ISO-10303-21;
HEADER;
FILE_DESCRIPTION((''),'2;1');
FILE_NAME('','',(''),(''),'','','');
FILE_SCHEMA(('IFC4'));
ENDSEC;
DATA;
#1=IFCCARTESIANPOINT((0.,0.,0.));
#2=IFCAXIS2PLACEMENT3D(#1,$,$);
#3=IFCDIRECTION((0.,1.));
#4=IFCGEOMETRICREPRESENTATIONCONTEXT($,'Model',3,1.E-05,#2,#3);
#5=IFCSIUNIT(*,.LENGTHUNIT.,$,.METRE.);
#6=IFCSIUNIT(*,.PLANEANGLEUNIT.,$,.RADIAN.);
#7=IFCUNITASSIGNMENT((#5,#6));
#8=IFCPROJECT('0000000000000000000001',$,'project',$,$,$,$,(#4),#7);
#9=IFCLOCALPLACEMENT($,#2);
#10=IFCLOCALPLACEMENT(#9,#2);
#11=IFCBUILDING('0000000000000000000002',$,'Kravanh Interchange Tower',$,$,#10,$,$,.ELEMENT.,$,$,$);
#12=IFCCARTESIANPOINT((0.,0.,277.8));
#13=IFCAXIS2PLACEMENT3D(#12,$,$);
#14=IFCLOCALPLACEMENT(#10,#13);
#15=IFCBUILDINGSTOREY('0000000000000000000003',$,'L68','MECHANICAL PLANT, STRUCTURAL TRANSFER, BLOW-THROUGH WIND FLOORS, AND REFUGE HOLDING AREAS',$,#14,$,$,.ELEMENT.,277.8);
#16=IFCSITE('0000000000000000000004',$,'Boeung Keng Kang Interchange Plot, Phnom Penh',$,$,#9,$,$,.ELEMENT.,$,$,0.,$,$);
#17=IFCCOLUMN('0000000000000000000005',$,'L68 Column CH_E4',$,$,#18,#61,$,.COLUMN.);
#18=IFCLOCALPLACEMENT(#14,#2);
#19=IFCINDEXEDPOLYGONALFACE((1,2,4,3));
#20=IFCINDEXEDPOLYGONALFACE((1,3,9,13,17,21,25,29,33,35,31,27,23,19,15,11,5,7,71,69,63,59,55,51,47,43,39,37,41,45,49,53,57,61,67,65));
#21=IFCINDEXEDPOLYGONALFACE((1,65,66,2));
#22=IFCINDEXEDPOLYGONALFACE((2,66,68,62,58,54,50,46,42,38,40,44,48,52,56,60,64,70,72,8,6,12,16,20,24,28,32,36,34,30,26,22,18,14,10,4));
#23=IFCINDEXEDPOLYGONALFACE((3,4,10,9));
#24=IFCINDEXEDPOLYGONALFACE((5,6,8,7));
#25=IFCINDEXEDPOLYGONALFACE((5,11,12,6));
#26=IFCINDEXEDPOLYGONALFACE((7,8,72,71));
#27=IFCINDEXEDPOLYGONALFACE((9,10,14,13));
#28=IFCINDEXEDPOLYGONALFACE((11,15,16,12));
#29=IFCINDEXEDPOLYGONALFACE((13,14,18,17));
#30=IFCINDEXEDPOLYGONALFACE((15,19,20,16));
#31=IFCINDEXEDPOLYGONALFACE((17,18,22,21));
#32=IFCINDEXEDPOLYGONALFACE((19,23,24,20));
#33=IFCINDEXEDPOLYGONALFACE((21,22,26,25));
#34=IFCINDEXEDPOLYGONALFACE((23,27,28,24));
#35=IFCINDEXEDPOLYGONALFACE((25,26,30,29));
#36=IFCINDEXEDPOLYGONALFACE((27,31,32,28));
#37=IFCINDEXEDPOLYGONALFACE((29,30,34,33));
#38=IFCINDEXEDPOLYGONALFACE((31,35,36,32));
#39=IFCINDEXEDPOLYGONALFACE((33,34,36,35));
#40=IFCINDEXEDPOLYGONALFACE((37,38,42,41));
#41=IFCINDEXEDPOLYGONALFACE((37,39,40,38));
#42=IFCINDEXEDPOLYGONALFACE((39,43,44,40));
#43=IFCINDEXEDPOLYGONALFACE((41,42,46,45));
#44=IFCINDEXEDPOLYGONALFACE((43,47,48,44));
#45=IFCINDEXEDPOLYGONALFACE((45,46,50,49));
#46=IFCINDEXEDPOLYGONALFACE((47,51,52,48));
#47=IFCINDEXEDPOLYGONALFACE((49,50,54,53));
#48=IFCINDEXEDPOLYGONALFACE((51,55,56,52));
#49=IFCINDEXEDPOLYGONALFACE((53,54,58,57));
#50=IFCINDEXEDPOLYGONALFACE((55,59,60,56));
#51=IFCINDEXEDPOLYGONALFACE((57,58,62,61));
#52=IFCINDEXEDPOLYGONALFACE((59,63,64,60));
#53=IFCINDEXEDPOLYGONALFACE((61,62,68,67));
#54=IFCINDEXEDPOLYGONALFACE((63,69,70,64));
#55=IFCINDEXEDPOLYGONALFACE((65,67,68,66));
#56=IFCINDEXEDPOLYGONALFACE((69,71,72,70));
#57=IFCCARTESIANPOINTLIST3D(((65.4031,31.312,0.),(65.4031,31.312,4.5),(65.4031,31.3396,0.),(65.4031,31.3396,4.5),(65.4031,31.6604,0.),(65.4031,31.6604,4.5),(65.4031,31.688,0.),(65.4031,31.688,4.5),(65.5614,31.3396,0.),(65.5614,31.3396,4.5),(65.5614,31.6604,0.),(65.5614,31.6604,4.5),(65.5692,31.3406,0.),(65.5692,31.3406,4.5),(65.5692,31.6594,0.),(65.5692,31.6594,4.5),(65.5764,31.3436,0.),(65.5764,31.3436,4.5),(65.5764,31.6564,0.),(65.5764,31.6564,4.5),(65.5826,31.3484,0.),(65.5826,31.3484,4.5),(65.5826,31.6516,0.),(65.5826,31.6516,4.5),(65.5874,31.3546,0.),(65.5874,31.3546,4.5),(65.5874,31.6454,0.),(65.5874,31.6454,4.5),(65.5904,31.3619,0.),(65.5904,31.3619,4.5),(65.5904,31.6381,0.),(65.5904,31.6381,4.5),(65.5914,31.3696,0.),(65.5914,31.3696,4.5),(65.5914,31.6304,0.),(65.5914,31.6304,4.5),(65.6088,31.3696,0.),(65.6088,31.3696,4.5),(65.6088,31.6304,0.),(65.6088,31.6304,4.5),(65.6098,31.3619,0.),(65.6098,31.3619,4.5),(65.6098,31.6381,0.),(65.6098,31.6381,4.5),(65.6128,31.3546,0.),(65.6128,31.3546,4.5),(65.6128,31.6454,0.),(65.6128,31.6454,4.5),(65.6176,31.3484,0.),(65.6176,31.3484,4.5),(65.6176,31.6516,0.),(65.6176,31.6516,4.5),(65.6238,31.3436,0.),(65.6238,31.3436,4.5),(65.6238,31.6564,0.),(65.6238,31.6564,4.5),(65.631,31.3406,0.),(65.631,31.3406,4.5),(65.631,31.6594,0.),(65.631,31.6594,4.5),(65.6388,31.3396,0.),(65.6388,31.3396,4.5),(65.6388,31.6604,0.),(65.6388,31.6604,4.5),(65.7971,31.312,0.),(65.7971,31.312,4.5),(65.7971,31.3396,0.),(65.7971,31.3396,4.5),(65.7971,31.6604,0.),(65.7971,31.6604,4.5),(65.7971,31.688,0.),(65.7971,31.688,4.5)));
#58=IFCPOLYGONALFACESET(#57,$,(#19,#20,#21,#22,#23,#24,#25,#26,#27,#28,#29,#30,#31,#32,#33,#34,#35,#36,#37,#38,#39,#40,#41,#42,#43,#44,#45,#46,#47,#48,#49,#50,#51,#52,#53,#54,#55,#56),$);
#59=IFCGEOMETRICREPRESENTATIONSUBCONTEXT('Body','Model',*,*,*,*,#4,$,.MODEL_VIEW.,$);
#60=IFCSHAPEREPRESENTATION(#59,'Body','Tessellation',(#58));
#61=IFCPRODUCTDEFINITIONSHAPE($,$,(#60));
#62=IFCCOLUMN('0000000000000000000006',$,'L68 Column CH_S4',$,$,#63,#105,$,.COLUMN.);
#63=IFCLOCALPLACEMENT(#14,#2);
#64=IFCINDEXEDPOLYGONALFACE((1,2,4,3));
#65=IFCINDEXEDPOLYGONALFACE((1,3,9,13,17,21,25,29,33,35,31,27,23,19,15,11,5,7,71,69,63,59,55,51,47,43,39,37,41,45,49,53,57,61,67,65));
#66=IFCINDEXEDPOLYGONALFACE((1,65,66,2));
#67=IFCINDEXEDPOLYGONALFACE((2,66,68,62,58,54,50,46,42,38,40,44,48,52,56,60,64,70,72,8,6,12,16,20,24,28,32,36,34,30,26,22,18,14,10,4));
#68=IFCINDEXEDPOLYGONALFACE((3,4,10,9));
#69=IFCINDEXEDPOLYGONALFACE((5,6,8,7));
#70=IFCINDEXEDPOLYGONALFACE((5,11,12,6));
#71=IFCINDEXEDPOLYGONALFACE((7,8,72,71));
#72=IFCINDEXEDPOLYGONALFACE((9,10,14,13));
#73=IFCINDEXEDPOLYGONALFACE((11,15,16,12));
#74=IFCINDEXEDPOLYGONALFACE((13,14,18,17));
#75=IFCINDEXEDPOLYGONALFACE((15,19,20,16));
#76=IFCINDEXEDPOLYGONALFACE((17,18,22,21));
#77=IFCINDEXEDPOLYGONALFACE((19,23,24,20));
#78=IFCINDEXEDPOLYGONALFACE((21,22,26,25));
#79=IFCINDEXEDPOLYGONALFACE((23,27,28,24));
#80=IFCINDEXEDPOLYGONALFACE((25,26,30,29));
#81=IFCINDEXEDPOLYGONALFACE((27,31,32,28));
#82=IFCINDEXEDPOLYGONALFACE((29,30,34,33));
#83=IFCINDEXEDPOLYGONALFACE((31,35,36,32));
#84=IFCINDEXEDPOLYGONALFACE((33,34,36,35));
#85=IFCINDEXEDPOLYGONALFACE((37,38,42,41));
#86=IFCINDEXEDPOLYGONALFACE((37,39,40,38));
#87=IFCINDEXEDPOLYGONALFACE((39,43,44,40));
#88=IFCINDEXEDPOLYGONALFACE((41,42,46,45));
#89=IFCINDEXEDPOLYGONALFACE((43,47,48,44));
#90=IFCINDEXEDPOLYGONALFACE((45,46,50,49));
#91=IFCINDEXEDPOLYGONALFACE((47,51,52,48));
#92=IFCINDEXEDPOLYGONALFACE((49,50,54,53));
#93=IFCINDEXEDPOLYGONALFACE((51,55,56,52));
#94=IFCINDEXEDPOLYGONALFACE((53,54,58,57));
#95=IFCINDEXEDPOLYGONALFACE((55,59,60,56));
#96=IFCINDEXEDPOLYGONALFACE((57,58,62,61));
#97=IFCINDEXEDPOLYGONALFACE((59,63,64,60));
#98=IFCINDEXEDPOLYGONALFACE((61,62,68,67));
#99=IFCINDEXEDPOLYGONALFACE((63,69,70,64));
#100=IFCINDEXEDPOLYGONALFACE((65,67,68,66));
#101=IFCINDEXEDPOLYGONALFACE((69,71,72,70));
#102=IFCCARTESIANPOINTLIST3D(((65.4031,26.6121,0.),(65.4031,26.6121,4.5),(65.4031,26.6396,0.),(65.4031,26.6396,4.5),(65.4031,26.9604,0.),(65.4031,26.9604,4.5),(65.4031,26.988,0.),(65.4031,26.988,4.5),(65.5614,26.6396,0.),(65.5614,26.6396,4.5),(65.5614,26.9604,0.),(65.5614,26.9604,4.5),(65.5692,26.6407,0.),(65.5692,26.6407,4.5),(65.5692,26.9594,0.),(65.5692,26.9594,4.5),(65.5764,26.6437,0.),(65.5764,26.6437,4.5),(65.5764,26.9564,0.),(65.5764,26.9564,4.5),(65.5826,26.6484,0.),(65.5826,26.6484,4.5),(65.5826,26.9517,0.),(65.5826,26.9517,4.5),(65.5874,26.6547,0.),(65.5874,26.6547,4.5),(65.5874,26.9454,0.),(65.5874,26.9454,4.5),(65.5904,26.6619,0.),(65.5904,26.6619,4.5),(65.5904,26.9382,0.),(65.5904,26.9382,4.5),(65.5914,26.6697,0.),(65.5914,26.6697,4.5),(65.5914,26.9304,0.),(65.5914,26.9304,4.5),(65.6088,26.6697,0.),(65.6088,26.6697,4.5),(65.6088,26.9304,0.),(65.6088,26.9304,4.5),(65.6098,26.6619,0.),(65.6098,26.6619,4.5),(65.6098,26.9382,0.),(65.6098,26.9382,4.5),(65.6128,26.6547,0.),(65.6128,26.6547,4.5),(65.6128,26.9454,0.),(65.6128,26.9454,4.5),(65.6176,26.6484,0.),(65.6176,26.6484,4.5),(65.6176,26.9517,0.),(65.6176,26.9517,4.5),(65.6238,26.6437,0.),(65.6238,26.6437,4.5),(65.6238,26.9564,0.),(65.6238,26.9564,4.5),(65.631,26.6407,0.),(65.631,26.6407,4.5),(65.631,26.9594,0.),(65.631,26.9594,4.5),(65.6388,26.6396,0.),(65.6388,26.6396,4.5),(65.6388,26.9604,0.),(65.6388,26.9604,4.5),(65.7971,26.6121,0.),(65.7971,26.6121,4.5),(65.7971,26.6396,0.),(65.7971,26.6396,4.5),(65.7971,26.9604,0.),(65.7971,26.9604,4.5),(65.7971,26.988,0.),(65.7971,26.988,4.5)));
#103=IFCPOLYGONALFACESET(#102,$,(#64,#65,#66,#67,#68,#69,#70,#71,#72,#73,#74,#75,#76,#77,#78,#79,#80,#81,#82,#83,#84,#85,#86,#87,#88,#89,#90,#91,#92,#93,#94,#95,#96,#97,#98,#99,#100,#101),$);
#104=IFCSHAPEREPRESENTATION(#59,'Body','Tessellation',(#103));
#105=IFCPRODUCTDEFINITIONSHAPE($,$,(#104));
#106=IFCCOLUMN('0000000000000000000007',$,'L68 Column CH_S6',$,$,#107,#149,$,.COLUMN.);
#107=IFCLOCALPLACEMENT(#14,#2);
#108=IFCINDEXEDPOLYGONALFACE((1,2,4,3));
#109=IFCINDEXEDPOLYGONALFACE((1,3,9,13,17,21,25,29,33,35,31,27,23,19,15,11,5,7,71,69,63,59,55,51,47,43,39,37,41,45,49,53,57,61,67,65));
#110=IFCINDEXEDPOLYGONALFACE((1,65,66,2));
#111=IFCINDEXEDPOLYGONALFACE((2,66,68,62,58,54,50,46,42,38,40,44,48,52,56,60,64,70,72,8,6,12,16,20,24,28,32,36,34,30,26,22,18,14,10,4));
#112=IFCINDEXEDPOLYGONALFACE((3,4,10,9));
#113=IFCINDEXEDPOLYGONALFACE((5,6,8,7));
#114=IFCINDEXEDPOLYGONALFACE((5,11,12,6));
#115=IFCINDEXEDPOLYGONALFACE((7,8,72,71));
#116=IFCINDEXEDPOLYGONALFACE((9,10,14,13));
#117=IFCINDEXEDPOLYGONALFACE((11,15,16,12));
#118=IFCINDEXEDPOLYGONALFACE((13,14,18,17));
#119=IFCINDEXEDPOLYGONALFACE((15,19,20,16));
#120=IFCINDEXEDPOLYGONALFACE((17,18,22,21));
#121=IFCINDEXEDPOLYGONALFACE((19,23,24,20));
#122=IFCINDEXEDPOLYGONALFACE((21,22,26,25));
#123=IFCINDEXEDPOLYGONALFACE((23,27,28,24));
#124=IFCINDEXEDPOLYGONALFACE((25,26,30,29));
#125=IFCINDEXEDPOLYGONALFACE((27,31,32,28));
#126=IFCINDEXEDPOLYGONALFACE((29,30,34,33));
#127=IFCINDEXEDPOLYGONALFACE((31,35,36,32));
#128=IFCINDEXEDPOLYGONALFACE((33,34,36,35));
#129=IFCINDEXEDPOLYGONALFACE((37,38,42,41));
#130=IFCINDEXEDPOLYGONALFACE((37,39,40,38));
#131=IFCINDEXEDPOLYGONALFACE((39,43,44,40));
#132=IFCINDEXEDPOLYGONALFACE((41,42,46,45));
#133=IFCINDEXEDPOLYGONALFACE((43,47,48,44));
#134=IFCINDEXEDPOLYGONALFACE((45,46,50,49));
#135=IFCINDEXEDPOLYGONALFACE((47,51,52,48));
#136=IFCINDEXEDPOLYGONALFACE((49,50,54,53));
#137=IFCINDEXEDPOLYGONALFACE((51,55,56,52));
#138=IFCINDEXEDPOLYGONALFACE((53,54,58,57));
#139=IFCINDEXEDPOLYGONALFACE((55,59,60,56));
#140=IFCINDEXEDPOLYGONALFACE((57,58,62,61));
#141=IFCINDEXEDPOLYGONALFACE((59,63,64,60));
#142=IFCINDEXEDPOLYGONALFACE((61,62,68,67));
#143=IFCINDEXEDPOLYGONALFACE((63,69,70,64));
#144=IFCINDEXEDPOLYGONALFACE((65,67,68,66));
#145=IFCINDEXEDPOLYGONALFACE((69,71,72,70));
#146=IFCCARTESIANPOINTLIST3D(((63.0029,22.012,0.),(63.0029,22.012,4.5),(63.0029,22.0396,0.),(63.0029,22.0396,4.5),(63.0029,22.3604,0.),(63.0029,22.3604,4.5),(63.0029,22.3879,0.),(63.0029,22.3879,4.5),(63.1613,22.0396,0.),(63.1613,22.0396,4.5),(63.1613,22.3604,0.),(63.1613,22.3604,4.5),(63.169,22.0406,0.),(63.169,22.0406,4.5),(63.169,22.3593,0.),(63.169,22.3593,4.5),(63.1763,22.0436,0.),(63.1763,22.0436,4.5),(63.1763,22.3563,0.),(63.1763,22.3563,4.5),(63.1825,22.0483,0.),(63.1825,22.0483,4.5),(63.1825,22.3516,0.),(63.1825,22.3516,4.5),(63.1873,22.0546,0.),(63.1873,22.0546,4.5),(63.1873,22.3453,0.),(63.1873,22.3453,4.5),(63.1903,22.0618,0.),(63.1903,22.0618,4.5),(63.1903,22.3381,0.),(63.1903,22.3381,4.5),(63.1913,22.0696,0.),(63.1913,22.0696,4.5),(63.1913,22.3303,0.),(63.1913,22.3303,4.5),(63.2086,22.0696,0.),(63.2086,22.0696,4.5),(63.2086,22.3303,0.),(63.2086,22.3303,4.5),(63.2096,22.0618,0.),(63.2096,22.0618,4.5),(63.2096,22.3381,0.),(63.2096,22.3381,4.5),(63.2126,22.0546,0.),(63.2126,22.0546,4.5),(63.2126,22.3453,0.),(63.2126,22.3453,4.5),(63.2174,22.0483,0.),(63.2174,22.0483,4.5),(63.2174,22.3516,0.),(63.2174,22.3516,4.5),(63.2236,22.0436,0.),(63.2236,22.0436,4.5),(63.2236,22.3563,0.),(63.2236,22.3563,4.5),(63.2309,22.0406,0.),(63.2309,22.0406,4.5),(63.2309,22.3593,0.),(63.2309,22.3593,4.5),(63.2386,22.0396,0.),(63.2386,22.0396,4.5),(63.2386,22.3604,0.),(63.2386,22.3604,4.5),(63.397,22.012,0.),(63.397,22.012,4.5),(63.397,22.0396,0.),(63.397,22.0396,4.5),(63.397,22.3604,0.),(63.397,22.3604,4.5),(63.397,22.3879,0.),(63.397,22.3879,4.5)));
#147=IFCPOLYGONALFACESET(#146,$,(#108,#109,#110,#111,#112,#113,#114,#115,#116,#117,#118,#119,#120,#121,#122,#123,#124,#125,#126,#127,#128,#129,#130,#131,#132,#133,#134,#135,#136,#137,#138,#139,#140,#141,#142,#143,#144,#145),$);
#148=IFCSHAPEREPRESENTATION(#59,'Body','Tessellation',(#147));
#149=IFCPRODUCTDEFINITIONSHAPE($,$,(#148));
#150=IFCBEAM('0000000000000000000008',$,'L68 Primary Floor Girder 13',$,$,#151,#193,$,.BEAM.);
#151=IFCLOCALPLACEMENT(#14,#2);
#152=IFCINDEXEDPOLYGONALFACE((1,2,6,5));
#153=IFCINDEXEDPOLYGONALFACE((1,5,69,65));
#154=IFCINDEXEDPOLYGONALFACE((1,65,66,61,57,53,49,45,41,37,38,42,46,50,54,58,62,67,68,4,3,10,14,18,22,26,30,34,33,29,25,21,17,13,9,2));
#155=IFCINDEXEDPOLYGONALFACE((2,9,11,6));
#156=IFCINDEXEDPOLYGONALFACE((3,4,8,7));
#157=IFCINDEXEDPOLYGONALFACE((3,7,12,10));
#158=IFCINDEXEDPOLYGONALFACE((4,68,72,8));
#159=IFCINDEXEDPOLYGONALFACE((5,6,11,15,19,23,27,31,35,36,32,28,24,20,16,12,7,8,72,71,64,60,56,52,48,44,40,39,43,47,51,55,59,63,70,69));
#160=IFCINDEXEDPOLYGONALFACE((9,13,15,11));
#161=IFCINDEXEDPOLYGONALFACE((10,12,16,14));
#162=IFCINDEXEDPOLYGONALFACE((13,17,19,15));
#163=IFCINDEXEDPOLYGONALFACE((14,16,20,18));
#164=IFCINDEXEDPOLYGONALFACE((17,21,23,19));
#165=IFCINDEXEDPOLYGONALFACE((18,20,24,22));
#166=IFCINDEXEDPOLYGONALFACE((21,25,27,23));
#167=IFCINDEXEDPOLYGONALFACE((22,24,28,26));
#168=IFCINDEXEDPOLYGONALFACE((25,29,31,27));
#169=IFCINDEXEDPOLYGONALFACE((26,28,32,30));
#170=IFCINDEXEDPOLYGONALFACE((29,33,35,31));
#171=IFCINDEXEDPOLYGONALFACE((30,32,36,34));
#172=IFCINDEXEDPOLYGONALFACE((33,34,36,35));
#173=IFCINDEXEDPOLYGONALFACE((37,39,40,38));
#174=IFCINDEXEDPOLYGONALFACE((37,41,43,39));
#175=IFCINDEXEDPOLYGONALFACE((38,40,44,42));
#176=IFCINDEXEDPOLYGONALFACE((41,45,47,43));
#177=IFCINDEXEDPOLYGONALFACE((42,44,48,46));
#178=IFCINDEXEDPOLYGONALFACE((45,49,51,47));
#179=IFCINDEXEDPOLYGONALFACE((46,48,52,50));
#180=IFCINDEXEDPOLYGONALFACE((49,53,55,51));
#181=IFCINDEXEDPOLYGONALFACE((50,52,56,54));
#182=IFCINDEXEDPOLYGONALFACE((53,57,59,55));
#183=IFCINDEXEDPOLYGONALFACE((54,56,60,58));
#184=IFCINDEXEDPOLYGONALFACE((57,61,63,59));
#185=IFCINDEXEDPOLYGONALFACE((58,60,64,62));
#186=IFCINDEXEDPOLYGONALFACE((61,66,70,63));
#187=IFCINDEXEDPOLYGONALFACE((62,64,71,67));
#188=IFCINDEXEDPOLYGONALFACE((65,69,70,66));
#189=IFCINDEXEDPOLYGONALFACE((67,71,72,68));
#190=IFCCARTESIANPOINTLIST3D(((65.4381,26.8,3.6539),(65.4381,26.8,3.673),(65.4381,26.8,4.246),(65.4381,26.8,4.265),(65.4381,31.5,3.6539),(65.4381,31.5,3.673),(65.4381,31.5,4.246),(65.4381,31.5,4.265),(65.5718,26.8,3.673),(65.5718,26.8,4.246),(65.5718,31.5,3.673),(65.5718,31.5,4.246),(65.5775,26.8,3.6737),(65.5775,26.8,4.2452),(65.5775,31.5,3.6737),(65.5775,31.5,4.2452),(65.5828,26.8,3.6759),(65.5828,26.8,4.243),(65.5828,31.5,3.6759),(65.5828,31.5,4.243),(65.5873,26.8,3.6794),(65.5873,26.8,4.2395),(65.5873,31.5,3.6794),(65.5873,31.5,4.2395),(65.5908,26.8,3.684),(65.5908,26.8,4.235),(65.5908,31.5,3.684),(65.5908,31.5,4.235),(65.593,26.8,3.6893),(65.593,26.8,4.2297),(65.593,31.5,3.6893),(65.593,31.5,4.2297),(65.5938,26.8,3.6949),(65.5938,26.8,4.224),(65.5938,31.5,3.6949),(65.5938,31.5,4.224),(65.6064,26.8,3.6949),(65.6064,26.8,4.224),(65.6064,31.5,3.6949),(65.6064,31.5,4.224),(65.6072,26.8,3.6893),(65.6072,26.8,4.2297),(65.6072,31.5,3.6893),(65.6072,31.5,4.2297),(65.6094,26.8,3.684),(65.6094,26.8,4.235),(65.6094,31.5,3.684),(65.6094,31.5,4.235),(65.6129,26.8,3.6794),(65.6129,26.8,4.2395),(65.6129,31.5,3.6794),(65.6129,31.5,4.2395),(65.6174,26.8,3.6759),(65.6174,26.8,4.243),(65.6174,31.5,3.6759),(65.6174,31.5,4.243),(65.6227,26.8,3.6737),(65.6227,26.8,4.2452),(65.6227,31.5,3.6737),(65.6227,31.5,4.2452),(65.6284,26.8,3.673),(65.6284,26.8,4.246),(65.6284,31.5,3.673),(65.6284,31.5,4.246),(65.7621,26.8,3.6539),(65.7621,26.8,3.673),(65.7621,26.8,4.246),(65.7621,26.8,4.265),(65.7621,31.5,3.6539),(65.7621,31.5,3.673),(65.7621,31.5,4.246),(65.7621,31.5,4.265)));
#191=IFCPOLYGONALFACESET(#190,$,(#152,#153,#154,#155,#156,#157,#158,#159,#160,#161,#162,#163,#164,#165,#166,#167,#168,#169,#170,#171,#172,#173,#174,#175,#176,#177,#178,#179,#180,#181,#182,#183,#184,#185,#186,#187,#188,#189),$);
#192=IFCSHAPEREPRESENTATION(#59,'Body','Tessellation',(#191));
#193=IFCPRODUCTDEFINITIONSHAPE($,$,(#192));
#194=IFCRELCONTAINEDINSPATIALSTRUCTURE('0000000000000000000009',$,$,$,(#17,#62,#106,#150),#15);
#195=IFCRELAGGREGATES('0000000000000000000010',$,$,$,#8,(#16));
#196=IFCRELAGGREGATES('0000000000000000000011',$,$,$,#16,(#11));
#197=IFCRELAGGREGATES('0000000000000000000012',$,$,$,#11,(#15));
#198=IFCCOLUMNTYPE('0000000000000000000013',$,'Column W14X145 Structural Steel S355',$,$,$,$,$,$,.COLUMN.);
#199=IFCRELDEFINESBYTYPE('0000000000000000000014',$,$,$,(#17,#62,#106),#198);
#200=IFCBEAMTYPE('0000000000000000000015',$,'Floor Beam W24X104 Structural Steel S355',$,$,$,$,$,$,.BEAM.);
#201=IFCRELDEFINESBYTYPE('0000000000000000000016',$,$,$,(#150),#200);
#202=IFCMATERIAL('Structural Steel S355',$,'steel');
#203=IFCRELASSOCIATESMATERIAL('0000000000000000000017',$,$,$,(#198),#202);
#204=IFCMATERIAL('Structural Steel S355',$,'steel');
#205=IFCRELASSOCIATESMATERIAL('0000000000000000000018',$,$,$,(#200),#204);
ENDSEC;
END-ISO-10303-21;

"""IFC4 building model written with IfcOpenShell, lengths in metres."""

from ifc_helpers import new_model, si_unit, direction, frame, origin, origin_2d, place, context, subcontext, project, spatial, i_section, extrude, material, material_profile, profile_set, type_object, element, save


model = new_model("IFC4")

# Units and contexts
model_context = context("Model", 3, precision=1e-05, world=origin(), true_north=direction((0.0, 1.0)))
body_context = subcontext(model_context, "Body", "Model", "MODEL_VIEW")
ifc_project = project(units=[si_unit("LENGTHUNIT", "METRE"), si_unit("PLANEANGLEUNIT", "RADIAN")], contexts=[model_context])

# Site, building, storey
site_placement = place(None, origin())
site = spatial("IfcSite", under=ifc_project, at=site_placement, Name="Boeung Keng Kang Interchange Plot, Phnom Penh", CompositionType="ELEMENT", RefElevation=0.0)
building_placement = place(site_placement, origin())
building = spatial("IfcBuilding", under=site, at=building_placement, Name="Kravanh Interchange Tower", CompositionType="ELEMENT")
storey_placement = place(building_placement, frame((0.0, 0.0, 277.8)))
storey = spatial("IfcBuildingStorey", under=building, at=storey_placement, Name="L68", Description="MECHANICAL PLANT, STRUCTURAL TRANSFER, BLOW-THROUGH WIND FLOORS, AND REFUGE HOLDING AREAS", CompositionType="ELEMENT", Elevation=277.8)

# Columns
ifc_material_1 = material(Name="Structural Steel S355", Category="steel")
ifc_material_profile_1 = material_profile(ifc_material_1, i_section(OverallWidth=0.394, OverallDepth=0.376, WebThickness=0.0173, FlangeThickness=0.0276, FilletRadius=0.03, at=origin_2d()), Name="W14X145")
ifc_profile_set_1 = profile_set([ifc_material_profile_1], Name="Structural Steel S355")
column_type = type_object("IfcColumnType", Name="Column W14X145 Structural Steel S355", PredefinedType="COLUMN", material=ifc_profile_set_1)
for number, where, z_axis, x_axis, name in (
    (1, (65.6001, 31.5, 0.0), (0.0, 0.0, 1.0), (1.0, 0.0, 0.0), "L68 Column CH_E4"),
    (2, (65.6001, 26.8, 0.0), (0.0, 0.0, 1.0), (1.0, 0.0, 0.0), "L68 Column CH_S4"),
    (3, (63.2, 22.2, 0.0), (0.0, 0.0, 1.0), (1.0, 0.0, 0.0), "L68 Column CH_S6"),
):
    element("IfcColumn", number, at=place(storey_placement, frame(where, z_axis=z_axis, x_axis=x_axis)), inside=storey, type_object=column_type, Name=name, PredefinedType="COLUMN", context=body_context, shape_type="SweptSolid", body=[
        extrude(i_section(OverallWidth=0.394, OverallDepth=0.376, WebThickness=0.0173, FlangeThickness=0.0276, FilletRadius=0.03, at=origin_2d()), origin(), (0.0, 0.0, 1.0), 4.5),
    ])

# Beam
ifc_material_2 = material(Name="Structural Steel S355", Category="steel")
ifc_material_profile_2 = material_profile(ifc_material_2, i_section(OverallWidth=0.324, OverallDepth=0.6111, WebThickness=0.0127, FlangeThickness=0.019, FilletRadius=0.022, at=origin_2d()), Name="W24X104")
ifc_profile_set_2 = profile_set([ifc_material_profile_2], Name="Structural Steel S355")
beam_type_1 = type_object("IfcBeamType", Name="Floor Beam W24X104 Structural Steel S355", PredefinedType="BEAM", material=ifc_profile_set_2)
beam_1_placement = place(storey_placement, frame((65.6001, 31.5, 3.9595), z_axis=(0.0, -1.0, 0.0), x_axis=(1.0, 0.0, 0.0)))
element("IfcBeam", 4, at=beam_1_placement, inside=storey, type_object=beam_type_1, Name="L68 Primary Floor Girder 13", PredefinedType="BEAM", context=body_context, shape_type="SweptSolid", body=[
    extrude(i_section(OverallWidth=0.324, OverallDepth=0.6111, WebThickness=0.0127, FlangeThickness=0.019, FilletRadius=0.022, at=origin_2d()), origin(), (0.0, 0.0, 1.0), 4.7),
])

save(model, "model.ifc")
